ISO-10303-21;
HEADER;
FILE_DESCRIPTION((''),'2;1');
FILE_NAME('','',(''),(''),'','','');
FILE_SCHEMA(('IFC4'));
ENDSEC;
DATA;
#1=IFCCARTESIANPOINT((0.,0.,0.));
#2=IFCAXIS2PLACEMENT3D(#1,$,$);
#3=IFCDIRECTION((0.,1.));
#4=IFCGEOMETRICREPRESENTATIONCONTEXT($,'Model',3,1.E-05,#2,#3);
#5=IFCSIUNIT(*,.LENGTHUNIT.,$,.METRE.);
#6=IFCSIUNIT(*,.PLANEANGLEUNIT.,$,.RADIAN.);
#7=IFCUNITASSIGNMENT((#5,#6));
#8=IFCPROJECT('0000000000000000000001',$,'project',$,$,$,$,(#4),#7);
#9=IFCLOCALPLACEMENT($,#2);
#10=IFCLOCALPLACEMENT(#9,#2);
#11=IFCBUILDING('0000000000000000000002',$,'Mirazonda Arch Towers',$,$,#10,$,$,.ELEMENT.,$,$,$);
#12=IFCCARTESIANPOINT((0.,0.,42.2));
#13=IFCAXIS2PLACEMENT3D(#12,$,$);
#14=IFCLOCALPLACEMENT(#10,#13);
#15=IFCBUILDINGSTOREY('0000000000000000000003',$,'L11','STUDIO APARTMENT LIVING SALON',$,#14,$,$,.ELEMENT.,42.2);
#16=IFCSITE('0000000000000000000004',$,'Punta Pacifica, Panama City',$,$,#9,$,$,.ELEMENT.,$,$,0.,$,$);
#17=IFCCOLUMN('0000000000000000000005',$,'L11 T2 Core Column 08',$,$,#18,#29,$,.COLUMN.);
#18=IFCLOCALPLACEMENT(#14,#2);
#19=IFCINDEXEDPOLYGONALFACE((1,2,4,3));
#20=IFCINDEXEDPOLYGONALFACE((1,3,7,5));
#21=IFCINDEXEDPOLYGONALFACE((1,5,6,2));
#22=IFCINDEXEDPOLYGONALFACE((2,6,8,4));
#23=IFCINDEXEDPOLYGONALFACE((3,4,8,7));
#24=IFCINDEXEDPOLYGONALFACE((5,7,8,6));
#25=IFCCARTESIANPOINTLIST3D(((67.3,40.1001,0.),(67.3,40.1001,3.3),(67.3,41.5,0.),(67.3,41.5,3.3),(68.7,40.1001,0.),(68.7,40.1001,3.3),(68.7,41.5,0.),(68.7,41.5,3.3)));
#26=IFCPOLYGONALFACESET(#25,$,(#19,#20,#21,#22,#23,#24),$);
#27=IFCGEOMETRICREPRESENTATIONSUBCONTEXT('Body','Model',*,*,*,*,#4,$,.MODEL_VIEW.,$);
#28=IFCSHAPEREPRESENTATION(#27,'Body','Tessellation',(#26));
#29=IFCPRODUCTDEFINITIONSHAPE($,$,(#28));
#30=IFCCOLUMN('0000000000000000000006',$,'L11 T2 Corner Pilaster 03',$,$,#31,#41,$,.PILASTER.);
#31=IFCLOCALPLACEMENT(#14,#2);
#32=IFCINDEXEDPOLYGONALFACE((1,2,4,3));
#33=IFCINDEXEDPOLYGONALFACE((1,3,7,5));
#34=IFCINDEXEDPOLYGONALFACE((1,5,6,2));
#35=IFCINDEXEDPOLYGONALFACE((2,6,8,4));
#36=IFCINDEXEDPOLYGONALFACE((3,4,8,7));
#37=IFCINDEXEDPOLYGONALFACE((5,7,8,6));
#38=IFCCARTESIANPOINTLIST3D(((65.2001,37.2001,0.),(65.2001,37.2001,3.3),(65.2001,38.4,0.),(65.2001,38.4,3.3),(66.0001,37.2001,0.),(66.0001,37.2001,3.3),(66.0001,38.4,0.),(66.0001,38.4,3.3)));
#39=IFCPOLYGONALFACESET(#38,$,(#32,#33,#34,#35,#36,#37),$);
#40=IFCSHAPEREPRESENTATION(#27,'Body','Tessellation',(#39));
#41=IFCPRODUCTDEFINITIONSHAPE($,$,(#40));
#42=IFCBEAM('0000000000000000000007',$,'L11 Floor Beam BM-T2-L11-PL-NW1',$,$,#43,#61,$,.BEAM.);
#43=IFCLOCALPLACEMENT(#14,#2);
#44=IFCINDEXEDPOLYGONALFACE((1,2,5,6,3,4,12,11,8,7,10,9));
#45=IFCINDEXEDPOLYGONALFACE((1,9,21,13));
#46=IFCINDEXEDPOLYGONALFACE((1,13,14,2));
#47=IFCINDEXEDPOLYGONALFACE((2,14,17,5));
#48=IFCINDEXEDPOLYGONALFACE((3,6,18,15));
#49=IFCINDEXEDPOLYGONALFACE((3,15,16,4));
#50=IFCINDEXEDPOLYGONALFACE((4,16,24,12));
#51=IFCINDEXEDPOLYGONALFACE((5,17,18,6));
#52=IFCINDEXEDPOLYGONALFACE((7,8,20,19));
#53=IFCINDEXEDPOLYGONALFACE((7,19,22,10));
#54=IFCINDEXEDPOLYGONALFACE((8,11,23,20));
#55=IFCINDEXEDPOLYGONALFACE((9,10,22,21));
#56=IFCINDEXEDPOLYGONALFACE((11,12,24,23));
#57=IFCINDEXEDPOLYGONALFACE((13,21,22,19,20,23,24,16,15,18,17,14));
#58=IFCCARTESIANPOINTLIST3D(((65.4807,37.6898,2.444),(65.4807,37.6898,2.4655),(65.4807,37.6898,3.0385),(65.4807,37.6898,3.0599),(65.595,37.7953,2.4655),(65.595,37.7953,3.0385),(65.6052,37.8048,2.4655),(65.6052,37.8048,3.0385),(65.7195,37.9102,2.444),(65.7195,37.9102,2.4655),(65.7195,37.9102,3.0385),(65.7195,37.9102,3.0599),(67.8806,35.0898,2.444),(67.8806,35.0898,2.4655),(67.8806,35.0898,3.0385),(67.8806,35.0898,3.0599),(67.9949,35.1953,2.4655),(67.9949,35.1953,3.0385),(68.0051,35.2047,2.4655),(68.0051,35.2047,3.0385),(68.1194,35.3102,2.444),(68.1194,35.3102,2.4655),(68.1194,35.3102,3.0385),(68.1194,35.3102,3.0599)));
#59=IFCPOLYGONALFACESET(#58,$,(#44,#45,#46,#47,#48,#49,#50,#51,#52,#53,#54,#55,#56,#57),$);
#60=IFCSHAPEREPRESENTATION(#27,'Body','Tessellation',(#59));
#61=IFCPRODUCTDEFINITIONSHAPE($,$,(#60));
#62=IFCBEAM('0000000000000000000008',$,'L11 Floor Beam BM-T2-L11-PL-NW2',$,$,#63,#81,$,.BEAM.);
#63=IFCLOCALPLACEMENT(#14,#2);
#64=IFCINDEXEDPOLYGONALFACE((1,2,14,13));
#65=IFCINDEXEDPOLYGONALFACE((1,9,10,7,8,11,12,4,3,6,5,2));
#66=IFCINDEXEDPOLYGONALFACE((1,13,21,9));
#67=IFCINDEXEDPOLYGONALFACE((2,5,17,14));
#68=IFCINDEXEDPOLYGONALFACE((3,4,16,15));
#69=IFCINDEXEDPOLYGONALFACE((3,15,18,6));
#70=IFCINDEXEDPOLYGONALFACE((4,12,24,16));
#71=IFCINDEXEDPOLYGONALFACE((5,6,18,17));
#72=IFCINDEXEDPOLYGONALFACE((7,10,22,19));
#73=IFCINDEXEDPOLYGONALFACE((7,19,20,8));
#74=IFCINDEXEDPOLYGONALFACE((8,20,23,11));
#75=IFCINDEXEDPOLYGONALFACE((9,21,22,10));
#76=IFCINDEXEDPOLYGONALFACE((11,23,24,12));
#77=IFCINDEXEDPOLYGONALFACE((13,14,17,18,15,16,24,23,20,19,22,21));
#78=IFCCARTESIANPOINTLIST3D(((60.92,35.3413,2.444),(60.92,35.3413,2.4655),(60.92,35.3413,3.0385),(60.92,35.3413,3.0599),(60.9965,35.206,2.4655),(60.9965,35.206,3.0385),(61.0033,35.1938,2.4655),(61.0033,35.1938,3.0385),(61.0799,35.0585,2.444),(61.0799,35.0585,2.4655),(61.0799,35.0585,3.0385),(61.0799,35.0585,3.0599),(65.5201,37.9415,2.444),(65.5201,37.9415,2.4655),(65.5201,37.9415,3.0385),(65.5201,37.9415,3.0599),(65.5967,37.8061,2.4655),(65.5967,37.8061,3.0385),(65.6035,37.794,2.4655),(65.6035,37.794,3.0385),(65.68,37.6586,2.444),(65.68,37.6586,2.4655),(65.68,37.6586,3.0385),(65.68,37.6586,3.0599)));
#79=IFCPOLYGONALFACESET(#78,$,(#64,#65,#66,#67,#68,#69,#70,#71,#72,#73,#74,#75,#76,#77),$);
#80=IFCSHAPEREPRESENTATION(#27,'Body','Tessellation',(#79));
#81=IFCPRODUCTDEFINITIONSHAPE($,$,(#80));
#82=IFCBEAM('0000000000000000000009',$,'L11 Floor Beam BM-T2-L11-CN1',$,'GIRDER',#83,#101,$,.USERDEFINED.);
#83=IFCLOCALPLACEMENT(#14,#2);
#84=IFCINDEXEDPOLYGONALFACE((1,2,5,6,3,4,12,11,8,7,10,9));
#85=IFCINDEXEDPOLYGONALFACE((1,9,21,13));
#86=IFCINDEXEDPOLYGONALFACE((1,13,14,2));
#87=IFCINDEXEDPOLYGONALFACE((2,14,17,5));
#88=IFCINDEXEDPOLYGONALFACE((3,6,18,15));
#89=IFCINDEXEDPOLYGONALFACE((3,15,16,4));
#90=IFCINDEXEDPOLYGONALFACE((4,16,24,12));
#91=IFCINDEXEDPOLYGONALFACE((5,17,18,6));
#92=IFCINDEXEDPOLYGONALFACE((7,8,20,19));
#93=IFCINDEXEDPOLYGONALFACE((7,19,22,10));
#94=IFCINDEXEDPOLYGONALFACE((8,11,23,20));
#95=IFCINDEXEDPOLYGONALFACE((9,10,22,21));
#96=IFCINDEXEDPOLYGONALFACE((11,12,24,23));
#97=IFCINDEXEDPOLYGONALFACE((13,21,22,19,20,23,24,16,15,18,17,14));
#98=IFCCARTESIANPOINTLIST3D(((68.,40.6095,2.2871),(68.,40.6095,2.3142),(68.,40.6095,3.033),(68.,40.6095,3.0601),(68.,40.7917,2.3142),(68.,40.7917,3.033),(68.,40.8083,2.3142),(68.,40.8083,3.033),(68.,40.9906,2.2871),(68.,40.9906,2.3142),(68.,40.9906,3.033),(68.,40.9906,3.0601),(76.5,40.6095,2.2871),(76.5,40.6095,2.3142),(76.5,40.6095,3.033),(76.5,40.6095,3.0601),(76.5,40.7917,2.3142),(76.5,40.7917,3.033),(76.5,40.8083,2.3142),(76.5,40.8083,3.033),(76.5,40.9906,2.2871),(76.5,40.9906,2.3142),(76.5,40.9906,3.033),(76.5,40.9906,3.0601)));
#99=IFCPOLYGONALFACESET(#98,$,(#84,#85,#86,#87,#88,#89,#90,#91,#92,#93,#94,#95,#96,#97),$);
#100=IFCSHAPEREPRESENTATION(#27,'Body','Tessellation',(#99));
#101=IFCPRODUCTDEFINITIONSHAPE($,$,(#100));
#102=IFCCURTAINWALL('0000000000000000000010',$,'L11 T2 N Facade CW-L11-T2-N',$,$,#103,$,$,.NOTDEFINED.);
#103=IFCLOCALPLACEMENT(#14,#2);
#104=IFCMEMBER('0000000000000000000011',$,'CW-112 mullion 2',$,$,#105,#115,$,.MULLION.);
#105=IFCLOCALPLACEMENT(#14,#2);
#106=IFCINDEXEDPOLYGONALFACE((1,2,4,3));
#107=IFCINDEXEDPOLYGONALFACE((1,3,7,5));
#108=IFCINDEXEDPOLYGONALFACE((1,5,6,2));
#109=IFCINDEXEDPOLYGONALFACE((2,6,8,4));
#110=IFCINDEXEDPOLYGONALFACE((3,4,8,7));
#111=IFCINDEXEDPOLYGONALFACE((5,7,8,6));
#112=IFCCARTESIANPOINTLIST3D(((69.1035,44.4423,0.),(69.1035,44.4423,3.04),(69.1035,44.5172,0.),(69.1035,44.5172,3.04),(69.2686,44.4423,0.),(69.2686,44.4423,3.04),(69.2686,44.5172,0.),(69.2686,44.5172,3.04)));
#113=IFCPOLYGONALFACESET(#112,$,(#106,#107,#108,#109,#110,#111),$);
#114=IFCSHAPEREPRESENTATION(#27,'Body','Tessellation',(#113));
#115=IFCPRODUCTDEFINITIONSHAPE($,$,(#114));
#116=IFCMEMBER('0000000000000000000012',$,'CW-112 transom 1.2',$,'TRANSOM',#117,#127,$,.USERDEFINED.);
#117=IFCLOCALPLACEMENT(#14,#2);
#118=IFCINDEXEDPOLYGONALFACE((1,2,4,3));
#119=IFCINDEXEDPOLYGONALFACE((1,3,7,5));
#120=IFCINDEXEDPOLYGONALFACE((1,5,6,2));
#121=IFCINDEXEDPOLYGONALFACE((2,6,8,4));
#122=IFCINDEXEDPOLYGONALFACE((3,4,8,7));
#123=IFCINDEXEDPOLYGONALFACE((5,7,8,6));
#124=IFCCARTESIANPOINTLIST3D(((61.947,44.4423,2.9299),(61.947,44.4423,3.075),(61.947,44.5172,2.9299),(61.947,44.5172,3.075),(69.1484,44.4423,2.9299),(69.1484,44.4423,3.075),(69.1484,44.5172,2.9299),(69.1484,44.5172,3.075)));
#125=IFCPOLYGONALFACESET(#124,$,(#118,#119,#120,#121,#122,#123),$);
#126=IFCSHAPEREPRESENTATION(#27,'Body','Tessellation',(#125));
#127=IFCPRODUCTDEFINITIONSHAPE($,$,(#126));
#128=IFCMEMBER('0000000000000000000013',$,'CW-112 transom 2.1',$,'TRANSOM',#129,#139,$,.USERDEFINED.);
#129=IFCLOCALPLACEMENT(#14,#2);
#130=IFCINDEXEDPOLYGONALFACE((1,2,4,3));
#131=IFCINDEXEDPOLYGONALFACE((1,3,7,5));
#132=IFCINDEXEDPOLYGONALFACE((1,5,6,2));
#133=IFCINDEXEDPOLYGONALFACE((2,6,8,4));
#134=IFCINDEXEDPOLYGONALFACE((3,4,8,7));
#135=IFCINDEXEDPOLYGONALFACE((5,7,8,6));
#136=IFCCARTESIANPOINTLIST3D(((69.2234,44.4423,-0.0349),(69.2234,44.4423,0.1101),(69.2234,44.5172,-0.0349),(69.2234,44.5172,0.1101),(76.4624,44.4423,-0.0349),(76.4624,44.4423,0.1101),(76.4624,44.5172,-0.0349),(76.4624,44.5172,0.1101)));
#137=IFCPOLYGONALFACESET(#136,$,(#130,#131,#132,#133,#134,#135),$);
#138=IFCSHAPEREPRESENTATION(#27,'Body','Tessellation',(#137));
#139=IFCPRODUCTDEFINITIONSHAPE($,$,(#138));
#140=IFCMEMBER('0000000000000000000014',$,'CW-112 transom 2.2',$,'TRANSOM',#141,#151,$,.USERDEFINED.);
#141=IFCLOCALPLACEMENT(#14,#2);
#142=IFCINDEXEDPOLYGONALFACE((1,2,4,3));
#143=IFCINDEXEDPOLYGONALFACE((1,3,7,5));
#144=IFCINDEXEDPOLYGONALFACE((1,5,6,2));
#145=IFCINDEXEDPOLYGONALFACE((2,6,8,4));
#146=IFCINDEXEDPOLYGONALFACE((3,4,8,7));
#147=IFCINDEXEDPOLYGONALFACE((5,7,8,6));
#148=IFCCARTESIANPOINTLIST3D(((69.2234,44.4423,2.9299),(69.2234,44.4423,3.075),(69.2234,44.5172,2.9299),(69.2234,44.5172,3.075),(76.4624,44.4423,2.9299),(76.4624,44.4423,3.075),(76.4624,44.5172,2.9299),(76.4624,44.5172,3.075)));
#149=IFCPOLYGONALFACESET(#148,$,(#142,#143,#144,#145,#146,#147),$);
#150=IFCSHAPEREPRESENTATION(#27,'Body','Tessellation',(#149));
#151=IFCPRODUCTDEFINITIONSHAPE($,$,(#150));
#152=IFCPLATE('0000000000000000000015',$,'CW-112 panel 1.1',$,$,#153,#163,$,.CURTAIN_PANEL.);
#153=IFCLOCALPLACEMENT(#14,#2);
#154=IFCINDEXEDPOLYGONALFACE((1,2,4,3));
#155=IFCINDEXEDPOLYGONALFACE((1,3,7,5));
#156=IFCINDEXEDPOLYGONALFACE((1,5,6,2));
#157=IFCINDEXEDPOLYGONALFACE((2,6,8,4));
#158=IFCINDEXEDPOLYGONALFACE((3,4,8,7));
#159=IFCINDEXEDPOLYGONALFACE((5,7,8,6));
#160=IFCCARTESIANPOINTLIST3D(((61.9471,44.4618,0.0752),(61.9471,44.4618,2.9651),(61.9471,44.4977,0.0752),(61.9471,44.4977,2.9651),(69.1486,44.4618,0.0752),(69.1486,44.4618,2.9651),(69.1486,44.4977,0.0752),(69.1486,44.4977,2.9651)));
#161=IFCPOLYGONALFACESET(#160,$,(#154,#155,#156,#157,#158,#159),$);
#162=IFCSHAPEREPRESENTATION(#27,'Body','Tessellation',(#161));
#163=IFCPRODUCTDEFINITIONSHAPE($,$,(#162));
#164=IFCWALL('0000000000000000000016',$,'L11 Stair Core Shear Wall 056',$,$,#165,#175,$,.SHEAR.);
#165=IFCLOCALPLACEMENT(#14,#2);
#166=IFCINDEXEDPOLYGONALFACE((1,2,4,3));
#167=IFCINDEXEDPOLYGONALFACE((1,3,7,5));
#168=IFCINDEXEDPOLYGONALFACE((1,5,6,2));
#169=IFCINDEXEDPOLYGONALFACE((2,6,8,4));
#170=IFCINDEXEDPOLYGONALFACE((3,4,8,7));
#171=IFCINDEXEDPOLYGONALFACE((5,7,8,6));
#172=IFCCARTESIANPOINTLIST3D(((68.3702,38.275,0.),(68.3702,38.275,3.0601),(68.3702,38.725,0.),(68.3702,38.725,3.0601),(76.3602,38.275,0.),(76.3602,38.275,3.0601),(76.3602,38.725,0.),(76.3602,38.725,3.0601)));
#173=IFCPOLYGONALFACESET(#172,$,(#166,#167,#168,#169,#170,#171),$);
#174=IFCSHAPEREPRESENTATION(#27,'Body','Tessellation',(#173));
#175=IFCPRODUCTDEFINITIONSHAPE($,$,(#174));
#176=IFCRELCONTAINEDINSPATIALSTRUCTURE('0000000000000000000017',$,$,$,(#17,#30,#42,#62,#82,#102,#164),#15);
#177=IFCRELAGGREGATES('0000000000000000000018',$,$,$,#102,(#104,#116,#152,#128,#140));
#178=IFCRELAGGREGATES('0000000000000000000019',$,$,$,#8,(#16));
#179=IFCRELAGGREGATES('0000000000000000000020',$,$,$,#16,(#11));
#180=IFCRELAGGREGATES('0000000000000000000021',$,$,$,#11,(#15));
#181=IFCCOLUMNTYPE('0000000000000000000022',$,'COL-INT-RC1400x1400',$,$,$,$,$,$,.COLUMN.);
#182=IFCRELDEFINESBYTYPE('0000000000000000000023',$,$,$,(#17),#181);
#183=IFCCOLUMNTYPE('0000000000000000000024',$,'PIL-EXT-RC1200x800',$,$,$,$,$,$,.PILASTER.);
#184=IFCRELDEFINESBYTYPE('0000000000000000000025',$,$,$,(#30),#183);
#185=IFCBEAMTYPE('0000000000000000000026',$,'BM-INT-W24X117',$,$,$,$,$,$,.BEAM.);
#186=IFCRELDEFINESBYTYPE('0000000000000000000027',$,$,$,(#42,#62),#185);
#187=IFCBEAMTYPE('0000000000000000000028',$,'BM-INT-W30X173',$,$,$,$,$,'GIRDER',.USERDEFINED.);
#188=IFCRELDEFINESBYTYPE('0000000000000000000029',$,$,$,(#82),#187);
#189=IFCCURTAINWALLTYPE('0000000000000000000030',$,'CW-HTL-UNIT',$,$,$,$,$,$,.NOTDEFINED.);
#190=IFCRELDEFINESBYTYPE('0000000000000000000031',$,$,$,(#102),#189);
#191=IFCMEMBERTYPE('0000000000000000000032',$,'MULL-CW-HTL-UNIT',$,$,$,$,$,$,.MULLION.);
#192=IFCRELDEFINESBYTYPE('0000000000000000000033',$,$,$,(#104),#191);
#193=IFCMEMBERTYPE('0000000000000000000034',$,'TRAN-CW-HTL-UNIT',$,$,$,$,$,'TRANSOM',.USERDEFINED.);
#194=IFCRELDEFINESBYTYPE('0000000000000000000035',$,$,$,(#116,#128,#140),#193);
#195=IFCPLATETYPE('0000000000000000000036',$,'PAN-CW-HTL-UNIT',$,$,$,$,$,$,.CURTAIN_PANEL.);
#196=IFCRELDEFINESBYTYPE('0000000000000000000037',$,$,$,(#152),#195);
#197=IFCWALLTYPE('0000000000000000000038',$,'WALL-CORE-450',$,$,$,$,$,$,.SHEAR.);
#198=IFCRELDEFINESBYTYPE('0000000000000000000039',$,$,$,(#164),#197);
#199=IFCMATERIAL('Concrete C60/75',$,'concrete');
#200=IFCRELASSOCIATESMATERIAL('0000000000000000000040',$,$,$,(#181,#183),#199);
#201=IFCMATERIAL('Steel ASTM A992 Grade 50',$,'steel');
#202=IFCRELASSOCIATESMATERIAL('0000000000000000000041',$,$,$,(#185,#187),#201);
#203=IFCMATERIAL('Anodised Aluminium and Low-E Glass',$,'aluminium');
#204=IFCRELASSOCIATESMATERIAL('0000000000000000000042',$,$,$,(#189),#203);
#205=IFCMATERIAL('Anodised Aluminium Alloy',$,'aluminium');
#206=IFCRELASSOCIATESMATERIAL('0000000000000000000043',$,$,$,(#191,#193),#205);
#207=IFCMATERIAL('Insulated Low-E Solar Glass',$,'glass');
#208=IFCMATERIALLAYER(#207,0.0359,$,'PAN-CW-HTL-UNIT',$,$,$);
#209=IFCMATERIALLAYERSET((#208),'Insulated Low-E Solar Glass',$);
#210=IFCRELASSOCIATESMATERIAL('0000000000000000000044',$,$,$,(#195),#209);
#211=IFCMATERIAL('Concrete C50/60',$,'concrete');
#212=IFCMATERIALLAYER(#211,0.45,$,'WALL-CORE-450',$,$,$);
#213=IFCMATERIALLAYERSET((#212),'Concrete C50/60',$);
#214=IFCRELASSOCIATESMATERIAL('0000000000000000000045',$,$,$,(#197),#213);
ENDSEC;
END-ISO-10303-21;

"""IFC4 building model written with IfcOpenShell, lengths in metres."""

from ifc_helpers import new_model, si_unit, direction, frame, frame_2d, origin, origin_2d, place, context, subcontext, project, spatial, rectangle, i_section, extrude, material, layer, layer_set, material_profile, profile_set, type_object, element, aggregate, save


model = new_model("IFC4")

# Units and contexts
model_context = context("Model", 3, precision=1e-05, world=origin(), true_north=direction((0.0, 1.0)))
body_context = subcontext(model_context, "Body", "Model", "MODEL_VIEW")
ifc_project = project(units=[si_unit("LENGTHUNIT", "METRE"), si_unit("PLANEANGLEUNIT", "RADIAN")], contexts=[model_context])

# Site, building, storey
site_placement = place(None, origin())
site = spatial("IfcSite", under=ifc_project, at=site_placement, Name="Punta Pacifica, Panama City", CompositionType="ELEMENT", RefElevation=0.0)
building_placement = place(site_placement, origin())
building = spatial("IfcBuilding", under=site, at=building_placement, Name="Mirazonda Arch Towers", CompositionType="ELEMENT")
storey_placement = place(building_placement, frame((0.0, 0.0, 42.2)))
storey = spatial("IfcBuildingStorey", under=building, at=storey_placement, Name="L11", Description="STUDIO APARTMENT LIVING SALON", CompositionType="ELEMENT", Elevation=42.2)

# Columns
ifc_material_1 = material(Name="Concrete C60/75", Category="concrete")
ifc_material_profile_1 = material_profile(ifc_material_1, rectangle(XDim=1.3999, YDim=1.3999, at=origin_2d()), Name="RC1400x1400")
ifc_profile_set_1 = profile_set([ifc_material_profile_1], Name="Concrete C60/75")
column_type_1 = type_object("IfcColumnType", Name="COL-INT-RC1400x1400", PredefinedType="COLUMN", material=ifc_profile_set_1)
column_1_placement = place(storey_placement, frame((68.0, 40.8, 0.0), z_axis=(0.0, 0.0, 1.0), x_axis=(1.0, 0.0, 0.0)))
element("IfcColumn", 1, at=column_1_placement, inside=storey, type_object=column_type_1, Name="L11 T2 Core Column 08", PredefinedType="COLUMN", context=body_context, shape_type="SweptSolid", body=[
    extrude(rectangle(XDim=1.3999, YDim=1.3999, at=origin_2d()), origin(), (0.0, 0.0, 1.0), 3.3),
])
ifc_material_profile_2 = material_profile(ifc_material_1, rectangle(XDim=0.8, YDim=1.2, at=origin_2d()), Name="RC1200x800")
ifc_profile_set_2 = profile_set([ifc_material_profile_2], Name="Concrete C60/75")
column_type_2 = type_object("IfcColumnType", Name="PIL-EXT-RC1200x800", PredefinedType="PILASTER", material=ifc_profile_set_2)
column_2_placement = place(storey_placement, frame((65.6001, 37.8, 0.0), z_axis=(0.0, 0.0, 1.0), x_axis=(1.0, 0.0, 0.0)))
element("IfcColumn", 2, at=column_2_placement, inside=storey, type_object=column_type_2, Name="L11 T2 Corner Pilaster 03", PredefinedType="PILASTER", context=body_context, shape_type="SweptSolid", body=[
    extrude(rectangle(XDim=0.8, YDim=1.2, at=origin_2d()), origin(), (0.0, 0.0, 1.0), 3.3),
])

# Beams
ifc_material_2 = material(Name="Steel ASTM A992 Grade 50", Category="steel")
ifc_material_profile_3 = material_profile(ifc_material_2, i_section(OverallWidth=0.325, OverallDepth=0.616, WebThickness=0.0139, FlangeThickness=0.0215, at=origin_2d()), Name="W24X117")
ifc_profile_set_3 = profile_set([ifc_material_profile_3], Name="Steel ASTM A992 Grade 50")
beam_type_1 = type_object("IfcBeamType", Name="BM-INT-W24X117", PredefinedType="BEAM", material=ifc_profile_set_3)
beam_1_placement = place(storey_placement, frame((65.6001, 37.8, 2.752), z_axis=(0.678251, -0.73483, 0.0), x_axis=(0.73483, 0.678251, 0.0)))
element("IfcBeam", 3, at=beam_1_placement, inside=storey, type_object=beam_type_1, Name="L11 Floor Beam BM-T2-L11-PL-NW1", PredefinedType="BEAM", context=body_context, shape_type="SweptSolid", body=[
    extrude(i_section(OverallWidth=0.325, OverallDepth=0.616, WebThickness=0.0139, FlangeThickness=0.0215, at=origin_2d()), origin(), (0.0, 0.0, 1.0), 3.5383),
])
beam_2_placement = place(storey_placement, frame((65.6001, 37.8, 2.752), z_axis=(-0.870559, -0.492063, 0.0), x_axis=(0.492063, -0.870559, 0.0)))
element("IfcBeam", 4, at=beam_2_placement, inside=storey, type_object=beam_type_1, Name="L11 Floor Beam BM-T2-L11-PL-NW2", PredefinedType="BEAM", context=body_context, shape_type="SweptSolid", body=[
    extrude(i_section(OverallWidth=0.325, OverallDepth=0.616, WebThickness=0.0139, FlangeThickness=0.0215, at=origin_2d()), origin(), (0.0, 0.0, 1.0), 5.2842),
])
ifc_material_profile_4 = material_profile(ifc_material_2, i_section(OverallWidth=0.3811, OverallDepth=0.7729, WebThickness=0.0166, FlangeThickness=0.0271, at=origin_2d()), Name="W30X173")
ifc_profile_set_4 = profile_set([ifc_material_profile_4], Name="Steel ASTM A992 Grade 50")
beam_type_2 = type_object("IfcBeamType", Name="BM-INT-W30X173", ElementType="GIRDER", PredefinedType="USERDEFINED", material=ifc_profile_set_4)
beam_3_placement = place(storey_placement, frame((68.0, 40.8, 2.6736), z_axis=(1.0, 0.0, 0.0), x_axis=(0.0, 1.0, 0.0)))
element("IfcBeam", 5, at=beam_3_placement, inside=storey, type_object=beam_type_2, Name="L11 Floor Beam BM-T2-L11-CN1", ObjectType="GIRDER", PredefinedType="USERDEFINED", context=body_context, shape_type="SweptSolid", body=[
    extrude(i_section(OverallWidth=0.3811, OverallDepth=0.7729, WebThickness=0.0166, FlangeThickness=0.0271, at=origin_2d()), origin(), (0.0, 0.0, 1.0), 8.5),
])

# Curtain wall, members, plate
ifc_material_3 = material(Name="Anodised Aluminium and Low-E Glass", Category="aluminium")
curtain_wall_type = type_object("IfcCurtainWallType", Name="CW-HTL-UNIT", PredefinedType="NOTDEFINED", material=ifc_material_3)
curtain_wall_placement = place(storey_placement, origin())
curtain_wall = element("IfcCurtainWall", 6, at=curtain_wall_placement, inside=storey, type_object=curtain_wall_type, Name="L11 T2 N Facade CW-L11-T2-N", PredefinedType="NOTDEFINED")
ifc_material_4 = material(Name="Anodised Aluminium Alloy", Category="aluminium")
ifc_material_profile_5 = material_profile(ifc_material_4, rectangle(XDim=0.075, YDim=0.165, at=origin_2d()), Name="ALU-MULL-75x165")
ifc_profile_set_5 = profile_set([ifc_material_profile_5], Name="Anodised Aluminium Alloy")
member_type_1 = type_object("IfcMemberType", Name="MULL-CW-HTL-UNIT", PredefinedType="MULLION", material=ifc_profile_set_5)
member_1_placement = place(storey_placement, frame((69.186, 44.4797, 0.0), z_axis=(0.0, 0.0, 1.0), x_axis=(0.0, 1.0, 0.0)))
member_1 = element("IfcMember", 7, at=member_1_placement, type_object=member_type_1, Name="CW-112 mullion 2", PredefinedType="MULLION", context=body_context, shape_type="SweptSolid", body=[
    extrude(rectangle(XDim=0.075, YDim=0.165, at=origin_2d()), origin(), (0.0, 0.0, 1.0), 3.04),
])
ifc_material_profile_6 = material_profile(ifc_material_4, rectangle(XDim=0.075, YDim=0.145, at=origin_2d()), Name="ALU-TRAN-75x145")
ifc_profile_set_6 = profile_set([ifc_material_profile_6], Name="Anodised Aluminium Alloy")
member_type_2 = type_object("IfcMemberType", Name="TRAN-CW-HTL-UNIT", ElementType="TRANSOM", PredefinedType="USERDEFINED", material=ifc_profile_set_6)
member_2_placement = place(storey_placement, frame((61.947, 44.4797, 3.0024), z_axis=(1.0, 0.0, 0.0), x_axis=(0.0, 1.0, 0.0)))
member_2 = element("IfcMember", 8, at=member_2_placement, type_object=member_type_2, Name="CW-112 transom 1.2", ObjectType="TRANSOM", PredefinedType="USERDEFINED", context=body_context, shape_type="SweptSolid", body=[
    extrude(rectangle(XDim=0.075, YDim=0.145, at=origin_2d()), origin(), (0.0, 0.0, 1.0), 7.2014),
])
member_3_placement = place(storey_placement, frame((69.2234, 44.4797, 0.0376), z_axis=(1.0, 0.0, 0.0), x_axis=(0.0, 1.0, 0.0)))
member_3 = element("IfcMember", 9, at=member_3_placement, type_object=member_type_2, Name="CW-112 transom 2.1", ObjectType="TRANSOM", PredefinedType="USERDEFINED", context=body_context, shape_type="SweptSolid", body=[
    extrude(rectangle(XDim=0.075, YDim=0.145, at=origin_2d()), origin(), (0.0, 0.0, 1.0), 7.239),
])
member_4_placement = place(storey_placement, frame((69.2234, 44.4797, 3.0024), z_axis=(1.0, 0.0, 0.0), x_axis=(0.0, 1.0, 0.0)))
member_4 = element("IfcMember", 10, at=member_4_placement, type_object=member_type_2, Name="CW-112 transom 2.2", ObjectType="TRANSOM", PredefinedType="USERDEFINED", context=body_context, shape_type="SweptSolid", body=[
    extrude(rectangle(XDim=0.075, YDim=0.145, at=origin_2d()), origin(), (0.0, 0.0, 1.0), 7.239),
])
ifc_material_5 = material(Name="Insulated Low-E Solar Glass", Category="glass")
ifc_layer_1 = layer(ifc_material_5, 0.0359, Name="PAN-CW-HTL-UNIT")
ifc_layer_set_1 = layer_set([ifc_layer_1], Name="Insulated Low-E Solar Glass")
plate_type = type_object("IfcPlateType", Name="PAN-CW-HTL-UNIT", PredefinedType="CURTAIN_PANEL", material=ifc_layer_set_1)
plate_placement = place(storey_placement, frame((65.5479, 44.4797, 0.0752), z_axis=(0.0, 0.0, 1.0), x_axis=(1.0, 0.0, 0.0)))
plate = element("IfcPlate", 11, at=plate_placement, type_object=plate_type, Name="CW-112 panel 1.1", PredefinedType="CURTAIN_PANEL", context=body_context, shape_type="SweptSolid", body=[
    extrude(rectangle(XDim=7.2014, YDim=0.0359, at=origin_2d()), origin(), (0.0, 0.0, 1.0), 2.8899),
])
aggregate(curtain_wall, [member_1, member_2, plate, member_3, member_4])

# Wall
ifc_material_6 = material(Name="Concrete C50/60", Category="concrete")
ifc_layer_2 = layer(ifc_material_6, 0.45, Name="WALL-CORE-450")
ifc_layer_set_2 = layer_set([ifc_layer_2], Name="Concrete C50/60")
wall_type_1 = type_object("IfcWallType", Name="WALL-CORE-450", PredefinedType="SHEAR", material=ifc_layer_set_2)
wall_1_placement = place(storey_placement, frame((68.3701, 38.5, 0.0), z_axis=(0.0, 0.0, 1.0), x_axis=(1.0, 0.0, 0.0)))
element("IfcWall", 12, at=wall_1_placement, inside=storey, type_object=wall_type_1, Name="L11 Stair Core Shear Wall 056", PredefinedType="SHEAR", context=body_context, shape_type="SweptSolid", body=[
    extrude(rectangle(XDim=7.99, YDim=0.45, at=frame_2d((3.9951, 0.0))), origin(), (0.0, 0.0, 1.0), 3.0601),
])

save(model, "model.ifc")
